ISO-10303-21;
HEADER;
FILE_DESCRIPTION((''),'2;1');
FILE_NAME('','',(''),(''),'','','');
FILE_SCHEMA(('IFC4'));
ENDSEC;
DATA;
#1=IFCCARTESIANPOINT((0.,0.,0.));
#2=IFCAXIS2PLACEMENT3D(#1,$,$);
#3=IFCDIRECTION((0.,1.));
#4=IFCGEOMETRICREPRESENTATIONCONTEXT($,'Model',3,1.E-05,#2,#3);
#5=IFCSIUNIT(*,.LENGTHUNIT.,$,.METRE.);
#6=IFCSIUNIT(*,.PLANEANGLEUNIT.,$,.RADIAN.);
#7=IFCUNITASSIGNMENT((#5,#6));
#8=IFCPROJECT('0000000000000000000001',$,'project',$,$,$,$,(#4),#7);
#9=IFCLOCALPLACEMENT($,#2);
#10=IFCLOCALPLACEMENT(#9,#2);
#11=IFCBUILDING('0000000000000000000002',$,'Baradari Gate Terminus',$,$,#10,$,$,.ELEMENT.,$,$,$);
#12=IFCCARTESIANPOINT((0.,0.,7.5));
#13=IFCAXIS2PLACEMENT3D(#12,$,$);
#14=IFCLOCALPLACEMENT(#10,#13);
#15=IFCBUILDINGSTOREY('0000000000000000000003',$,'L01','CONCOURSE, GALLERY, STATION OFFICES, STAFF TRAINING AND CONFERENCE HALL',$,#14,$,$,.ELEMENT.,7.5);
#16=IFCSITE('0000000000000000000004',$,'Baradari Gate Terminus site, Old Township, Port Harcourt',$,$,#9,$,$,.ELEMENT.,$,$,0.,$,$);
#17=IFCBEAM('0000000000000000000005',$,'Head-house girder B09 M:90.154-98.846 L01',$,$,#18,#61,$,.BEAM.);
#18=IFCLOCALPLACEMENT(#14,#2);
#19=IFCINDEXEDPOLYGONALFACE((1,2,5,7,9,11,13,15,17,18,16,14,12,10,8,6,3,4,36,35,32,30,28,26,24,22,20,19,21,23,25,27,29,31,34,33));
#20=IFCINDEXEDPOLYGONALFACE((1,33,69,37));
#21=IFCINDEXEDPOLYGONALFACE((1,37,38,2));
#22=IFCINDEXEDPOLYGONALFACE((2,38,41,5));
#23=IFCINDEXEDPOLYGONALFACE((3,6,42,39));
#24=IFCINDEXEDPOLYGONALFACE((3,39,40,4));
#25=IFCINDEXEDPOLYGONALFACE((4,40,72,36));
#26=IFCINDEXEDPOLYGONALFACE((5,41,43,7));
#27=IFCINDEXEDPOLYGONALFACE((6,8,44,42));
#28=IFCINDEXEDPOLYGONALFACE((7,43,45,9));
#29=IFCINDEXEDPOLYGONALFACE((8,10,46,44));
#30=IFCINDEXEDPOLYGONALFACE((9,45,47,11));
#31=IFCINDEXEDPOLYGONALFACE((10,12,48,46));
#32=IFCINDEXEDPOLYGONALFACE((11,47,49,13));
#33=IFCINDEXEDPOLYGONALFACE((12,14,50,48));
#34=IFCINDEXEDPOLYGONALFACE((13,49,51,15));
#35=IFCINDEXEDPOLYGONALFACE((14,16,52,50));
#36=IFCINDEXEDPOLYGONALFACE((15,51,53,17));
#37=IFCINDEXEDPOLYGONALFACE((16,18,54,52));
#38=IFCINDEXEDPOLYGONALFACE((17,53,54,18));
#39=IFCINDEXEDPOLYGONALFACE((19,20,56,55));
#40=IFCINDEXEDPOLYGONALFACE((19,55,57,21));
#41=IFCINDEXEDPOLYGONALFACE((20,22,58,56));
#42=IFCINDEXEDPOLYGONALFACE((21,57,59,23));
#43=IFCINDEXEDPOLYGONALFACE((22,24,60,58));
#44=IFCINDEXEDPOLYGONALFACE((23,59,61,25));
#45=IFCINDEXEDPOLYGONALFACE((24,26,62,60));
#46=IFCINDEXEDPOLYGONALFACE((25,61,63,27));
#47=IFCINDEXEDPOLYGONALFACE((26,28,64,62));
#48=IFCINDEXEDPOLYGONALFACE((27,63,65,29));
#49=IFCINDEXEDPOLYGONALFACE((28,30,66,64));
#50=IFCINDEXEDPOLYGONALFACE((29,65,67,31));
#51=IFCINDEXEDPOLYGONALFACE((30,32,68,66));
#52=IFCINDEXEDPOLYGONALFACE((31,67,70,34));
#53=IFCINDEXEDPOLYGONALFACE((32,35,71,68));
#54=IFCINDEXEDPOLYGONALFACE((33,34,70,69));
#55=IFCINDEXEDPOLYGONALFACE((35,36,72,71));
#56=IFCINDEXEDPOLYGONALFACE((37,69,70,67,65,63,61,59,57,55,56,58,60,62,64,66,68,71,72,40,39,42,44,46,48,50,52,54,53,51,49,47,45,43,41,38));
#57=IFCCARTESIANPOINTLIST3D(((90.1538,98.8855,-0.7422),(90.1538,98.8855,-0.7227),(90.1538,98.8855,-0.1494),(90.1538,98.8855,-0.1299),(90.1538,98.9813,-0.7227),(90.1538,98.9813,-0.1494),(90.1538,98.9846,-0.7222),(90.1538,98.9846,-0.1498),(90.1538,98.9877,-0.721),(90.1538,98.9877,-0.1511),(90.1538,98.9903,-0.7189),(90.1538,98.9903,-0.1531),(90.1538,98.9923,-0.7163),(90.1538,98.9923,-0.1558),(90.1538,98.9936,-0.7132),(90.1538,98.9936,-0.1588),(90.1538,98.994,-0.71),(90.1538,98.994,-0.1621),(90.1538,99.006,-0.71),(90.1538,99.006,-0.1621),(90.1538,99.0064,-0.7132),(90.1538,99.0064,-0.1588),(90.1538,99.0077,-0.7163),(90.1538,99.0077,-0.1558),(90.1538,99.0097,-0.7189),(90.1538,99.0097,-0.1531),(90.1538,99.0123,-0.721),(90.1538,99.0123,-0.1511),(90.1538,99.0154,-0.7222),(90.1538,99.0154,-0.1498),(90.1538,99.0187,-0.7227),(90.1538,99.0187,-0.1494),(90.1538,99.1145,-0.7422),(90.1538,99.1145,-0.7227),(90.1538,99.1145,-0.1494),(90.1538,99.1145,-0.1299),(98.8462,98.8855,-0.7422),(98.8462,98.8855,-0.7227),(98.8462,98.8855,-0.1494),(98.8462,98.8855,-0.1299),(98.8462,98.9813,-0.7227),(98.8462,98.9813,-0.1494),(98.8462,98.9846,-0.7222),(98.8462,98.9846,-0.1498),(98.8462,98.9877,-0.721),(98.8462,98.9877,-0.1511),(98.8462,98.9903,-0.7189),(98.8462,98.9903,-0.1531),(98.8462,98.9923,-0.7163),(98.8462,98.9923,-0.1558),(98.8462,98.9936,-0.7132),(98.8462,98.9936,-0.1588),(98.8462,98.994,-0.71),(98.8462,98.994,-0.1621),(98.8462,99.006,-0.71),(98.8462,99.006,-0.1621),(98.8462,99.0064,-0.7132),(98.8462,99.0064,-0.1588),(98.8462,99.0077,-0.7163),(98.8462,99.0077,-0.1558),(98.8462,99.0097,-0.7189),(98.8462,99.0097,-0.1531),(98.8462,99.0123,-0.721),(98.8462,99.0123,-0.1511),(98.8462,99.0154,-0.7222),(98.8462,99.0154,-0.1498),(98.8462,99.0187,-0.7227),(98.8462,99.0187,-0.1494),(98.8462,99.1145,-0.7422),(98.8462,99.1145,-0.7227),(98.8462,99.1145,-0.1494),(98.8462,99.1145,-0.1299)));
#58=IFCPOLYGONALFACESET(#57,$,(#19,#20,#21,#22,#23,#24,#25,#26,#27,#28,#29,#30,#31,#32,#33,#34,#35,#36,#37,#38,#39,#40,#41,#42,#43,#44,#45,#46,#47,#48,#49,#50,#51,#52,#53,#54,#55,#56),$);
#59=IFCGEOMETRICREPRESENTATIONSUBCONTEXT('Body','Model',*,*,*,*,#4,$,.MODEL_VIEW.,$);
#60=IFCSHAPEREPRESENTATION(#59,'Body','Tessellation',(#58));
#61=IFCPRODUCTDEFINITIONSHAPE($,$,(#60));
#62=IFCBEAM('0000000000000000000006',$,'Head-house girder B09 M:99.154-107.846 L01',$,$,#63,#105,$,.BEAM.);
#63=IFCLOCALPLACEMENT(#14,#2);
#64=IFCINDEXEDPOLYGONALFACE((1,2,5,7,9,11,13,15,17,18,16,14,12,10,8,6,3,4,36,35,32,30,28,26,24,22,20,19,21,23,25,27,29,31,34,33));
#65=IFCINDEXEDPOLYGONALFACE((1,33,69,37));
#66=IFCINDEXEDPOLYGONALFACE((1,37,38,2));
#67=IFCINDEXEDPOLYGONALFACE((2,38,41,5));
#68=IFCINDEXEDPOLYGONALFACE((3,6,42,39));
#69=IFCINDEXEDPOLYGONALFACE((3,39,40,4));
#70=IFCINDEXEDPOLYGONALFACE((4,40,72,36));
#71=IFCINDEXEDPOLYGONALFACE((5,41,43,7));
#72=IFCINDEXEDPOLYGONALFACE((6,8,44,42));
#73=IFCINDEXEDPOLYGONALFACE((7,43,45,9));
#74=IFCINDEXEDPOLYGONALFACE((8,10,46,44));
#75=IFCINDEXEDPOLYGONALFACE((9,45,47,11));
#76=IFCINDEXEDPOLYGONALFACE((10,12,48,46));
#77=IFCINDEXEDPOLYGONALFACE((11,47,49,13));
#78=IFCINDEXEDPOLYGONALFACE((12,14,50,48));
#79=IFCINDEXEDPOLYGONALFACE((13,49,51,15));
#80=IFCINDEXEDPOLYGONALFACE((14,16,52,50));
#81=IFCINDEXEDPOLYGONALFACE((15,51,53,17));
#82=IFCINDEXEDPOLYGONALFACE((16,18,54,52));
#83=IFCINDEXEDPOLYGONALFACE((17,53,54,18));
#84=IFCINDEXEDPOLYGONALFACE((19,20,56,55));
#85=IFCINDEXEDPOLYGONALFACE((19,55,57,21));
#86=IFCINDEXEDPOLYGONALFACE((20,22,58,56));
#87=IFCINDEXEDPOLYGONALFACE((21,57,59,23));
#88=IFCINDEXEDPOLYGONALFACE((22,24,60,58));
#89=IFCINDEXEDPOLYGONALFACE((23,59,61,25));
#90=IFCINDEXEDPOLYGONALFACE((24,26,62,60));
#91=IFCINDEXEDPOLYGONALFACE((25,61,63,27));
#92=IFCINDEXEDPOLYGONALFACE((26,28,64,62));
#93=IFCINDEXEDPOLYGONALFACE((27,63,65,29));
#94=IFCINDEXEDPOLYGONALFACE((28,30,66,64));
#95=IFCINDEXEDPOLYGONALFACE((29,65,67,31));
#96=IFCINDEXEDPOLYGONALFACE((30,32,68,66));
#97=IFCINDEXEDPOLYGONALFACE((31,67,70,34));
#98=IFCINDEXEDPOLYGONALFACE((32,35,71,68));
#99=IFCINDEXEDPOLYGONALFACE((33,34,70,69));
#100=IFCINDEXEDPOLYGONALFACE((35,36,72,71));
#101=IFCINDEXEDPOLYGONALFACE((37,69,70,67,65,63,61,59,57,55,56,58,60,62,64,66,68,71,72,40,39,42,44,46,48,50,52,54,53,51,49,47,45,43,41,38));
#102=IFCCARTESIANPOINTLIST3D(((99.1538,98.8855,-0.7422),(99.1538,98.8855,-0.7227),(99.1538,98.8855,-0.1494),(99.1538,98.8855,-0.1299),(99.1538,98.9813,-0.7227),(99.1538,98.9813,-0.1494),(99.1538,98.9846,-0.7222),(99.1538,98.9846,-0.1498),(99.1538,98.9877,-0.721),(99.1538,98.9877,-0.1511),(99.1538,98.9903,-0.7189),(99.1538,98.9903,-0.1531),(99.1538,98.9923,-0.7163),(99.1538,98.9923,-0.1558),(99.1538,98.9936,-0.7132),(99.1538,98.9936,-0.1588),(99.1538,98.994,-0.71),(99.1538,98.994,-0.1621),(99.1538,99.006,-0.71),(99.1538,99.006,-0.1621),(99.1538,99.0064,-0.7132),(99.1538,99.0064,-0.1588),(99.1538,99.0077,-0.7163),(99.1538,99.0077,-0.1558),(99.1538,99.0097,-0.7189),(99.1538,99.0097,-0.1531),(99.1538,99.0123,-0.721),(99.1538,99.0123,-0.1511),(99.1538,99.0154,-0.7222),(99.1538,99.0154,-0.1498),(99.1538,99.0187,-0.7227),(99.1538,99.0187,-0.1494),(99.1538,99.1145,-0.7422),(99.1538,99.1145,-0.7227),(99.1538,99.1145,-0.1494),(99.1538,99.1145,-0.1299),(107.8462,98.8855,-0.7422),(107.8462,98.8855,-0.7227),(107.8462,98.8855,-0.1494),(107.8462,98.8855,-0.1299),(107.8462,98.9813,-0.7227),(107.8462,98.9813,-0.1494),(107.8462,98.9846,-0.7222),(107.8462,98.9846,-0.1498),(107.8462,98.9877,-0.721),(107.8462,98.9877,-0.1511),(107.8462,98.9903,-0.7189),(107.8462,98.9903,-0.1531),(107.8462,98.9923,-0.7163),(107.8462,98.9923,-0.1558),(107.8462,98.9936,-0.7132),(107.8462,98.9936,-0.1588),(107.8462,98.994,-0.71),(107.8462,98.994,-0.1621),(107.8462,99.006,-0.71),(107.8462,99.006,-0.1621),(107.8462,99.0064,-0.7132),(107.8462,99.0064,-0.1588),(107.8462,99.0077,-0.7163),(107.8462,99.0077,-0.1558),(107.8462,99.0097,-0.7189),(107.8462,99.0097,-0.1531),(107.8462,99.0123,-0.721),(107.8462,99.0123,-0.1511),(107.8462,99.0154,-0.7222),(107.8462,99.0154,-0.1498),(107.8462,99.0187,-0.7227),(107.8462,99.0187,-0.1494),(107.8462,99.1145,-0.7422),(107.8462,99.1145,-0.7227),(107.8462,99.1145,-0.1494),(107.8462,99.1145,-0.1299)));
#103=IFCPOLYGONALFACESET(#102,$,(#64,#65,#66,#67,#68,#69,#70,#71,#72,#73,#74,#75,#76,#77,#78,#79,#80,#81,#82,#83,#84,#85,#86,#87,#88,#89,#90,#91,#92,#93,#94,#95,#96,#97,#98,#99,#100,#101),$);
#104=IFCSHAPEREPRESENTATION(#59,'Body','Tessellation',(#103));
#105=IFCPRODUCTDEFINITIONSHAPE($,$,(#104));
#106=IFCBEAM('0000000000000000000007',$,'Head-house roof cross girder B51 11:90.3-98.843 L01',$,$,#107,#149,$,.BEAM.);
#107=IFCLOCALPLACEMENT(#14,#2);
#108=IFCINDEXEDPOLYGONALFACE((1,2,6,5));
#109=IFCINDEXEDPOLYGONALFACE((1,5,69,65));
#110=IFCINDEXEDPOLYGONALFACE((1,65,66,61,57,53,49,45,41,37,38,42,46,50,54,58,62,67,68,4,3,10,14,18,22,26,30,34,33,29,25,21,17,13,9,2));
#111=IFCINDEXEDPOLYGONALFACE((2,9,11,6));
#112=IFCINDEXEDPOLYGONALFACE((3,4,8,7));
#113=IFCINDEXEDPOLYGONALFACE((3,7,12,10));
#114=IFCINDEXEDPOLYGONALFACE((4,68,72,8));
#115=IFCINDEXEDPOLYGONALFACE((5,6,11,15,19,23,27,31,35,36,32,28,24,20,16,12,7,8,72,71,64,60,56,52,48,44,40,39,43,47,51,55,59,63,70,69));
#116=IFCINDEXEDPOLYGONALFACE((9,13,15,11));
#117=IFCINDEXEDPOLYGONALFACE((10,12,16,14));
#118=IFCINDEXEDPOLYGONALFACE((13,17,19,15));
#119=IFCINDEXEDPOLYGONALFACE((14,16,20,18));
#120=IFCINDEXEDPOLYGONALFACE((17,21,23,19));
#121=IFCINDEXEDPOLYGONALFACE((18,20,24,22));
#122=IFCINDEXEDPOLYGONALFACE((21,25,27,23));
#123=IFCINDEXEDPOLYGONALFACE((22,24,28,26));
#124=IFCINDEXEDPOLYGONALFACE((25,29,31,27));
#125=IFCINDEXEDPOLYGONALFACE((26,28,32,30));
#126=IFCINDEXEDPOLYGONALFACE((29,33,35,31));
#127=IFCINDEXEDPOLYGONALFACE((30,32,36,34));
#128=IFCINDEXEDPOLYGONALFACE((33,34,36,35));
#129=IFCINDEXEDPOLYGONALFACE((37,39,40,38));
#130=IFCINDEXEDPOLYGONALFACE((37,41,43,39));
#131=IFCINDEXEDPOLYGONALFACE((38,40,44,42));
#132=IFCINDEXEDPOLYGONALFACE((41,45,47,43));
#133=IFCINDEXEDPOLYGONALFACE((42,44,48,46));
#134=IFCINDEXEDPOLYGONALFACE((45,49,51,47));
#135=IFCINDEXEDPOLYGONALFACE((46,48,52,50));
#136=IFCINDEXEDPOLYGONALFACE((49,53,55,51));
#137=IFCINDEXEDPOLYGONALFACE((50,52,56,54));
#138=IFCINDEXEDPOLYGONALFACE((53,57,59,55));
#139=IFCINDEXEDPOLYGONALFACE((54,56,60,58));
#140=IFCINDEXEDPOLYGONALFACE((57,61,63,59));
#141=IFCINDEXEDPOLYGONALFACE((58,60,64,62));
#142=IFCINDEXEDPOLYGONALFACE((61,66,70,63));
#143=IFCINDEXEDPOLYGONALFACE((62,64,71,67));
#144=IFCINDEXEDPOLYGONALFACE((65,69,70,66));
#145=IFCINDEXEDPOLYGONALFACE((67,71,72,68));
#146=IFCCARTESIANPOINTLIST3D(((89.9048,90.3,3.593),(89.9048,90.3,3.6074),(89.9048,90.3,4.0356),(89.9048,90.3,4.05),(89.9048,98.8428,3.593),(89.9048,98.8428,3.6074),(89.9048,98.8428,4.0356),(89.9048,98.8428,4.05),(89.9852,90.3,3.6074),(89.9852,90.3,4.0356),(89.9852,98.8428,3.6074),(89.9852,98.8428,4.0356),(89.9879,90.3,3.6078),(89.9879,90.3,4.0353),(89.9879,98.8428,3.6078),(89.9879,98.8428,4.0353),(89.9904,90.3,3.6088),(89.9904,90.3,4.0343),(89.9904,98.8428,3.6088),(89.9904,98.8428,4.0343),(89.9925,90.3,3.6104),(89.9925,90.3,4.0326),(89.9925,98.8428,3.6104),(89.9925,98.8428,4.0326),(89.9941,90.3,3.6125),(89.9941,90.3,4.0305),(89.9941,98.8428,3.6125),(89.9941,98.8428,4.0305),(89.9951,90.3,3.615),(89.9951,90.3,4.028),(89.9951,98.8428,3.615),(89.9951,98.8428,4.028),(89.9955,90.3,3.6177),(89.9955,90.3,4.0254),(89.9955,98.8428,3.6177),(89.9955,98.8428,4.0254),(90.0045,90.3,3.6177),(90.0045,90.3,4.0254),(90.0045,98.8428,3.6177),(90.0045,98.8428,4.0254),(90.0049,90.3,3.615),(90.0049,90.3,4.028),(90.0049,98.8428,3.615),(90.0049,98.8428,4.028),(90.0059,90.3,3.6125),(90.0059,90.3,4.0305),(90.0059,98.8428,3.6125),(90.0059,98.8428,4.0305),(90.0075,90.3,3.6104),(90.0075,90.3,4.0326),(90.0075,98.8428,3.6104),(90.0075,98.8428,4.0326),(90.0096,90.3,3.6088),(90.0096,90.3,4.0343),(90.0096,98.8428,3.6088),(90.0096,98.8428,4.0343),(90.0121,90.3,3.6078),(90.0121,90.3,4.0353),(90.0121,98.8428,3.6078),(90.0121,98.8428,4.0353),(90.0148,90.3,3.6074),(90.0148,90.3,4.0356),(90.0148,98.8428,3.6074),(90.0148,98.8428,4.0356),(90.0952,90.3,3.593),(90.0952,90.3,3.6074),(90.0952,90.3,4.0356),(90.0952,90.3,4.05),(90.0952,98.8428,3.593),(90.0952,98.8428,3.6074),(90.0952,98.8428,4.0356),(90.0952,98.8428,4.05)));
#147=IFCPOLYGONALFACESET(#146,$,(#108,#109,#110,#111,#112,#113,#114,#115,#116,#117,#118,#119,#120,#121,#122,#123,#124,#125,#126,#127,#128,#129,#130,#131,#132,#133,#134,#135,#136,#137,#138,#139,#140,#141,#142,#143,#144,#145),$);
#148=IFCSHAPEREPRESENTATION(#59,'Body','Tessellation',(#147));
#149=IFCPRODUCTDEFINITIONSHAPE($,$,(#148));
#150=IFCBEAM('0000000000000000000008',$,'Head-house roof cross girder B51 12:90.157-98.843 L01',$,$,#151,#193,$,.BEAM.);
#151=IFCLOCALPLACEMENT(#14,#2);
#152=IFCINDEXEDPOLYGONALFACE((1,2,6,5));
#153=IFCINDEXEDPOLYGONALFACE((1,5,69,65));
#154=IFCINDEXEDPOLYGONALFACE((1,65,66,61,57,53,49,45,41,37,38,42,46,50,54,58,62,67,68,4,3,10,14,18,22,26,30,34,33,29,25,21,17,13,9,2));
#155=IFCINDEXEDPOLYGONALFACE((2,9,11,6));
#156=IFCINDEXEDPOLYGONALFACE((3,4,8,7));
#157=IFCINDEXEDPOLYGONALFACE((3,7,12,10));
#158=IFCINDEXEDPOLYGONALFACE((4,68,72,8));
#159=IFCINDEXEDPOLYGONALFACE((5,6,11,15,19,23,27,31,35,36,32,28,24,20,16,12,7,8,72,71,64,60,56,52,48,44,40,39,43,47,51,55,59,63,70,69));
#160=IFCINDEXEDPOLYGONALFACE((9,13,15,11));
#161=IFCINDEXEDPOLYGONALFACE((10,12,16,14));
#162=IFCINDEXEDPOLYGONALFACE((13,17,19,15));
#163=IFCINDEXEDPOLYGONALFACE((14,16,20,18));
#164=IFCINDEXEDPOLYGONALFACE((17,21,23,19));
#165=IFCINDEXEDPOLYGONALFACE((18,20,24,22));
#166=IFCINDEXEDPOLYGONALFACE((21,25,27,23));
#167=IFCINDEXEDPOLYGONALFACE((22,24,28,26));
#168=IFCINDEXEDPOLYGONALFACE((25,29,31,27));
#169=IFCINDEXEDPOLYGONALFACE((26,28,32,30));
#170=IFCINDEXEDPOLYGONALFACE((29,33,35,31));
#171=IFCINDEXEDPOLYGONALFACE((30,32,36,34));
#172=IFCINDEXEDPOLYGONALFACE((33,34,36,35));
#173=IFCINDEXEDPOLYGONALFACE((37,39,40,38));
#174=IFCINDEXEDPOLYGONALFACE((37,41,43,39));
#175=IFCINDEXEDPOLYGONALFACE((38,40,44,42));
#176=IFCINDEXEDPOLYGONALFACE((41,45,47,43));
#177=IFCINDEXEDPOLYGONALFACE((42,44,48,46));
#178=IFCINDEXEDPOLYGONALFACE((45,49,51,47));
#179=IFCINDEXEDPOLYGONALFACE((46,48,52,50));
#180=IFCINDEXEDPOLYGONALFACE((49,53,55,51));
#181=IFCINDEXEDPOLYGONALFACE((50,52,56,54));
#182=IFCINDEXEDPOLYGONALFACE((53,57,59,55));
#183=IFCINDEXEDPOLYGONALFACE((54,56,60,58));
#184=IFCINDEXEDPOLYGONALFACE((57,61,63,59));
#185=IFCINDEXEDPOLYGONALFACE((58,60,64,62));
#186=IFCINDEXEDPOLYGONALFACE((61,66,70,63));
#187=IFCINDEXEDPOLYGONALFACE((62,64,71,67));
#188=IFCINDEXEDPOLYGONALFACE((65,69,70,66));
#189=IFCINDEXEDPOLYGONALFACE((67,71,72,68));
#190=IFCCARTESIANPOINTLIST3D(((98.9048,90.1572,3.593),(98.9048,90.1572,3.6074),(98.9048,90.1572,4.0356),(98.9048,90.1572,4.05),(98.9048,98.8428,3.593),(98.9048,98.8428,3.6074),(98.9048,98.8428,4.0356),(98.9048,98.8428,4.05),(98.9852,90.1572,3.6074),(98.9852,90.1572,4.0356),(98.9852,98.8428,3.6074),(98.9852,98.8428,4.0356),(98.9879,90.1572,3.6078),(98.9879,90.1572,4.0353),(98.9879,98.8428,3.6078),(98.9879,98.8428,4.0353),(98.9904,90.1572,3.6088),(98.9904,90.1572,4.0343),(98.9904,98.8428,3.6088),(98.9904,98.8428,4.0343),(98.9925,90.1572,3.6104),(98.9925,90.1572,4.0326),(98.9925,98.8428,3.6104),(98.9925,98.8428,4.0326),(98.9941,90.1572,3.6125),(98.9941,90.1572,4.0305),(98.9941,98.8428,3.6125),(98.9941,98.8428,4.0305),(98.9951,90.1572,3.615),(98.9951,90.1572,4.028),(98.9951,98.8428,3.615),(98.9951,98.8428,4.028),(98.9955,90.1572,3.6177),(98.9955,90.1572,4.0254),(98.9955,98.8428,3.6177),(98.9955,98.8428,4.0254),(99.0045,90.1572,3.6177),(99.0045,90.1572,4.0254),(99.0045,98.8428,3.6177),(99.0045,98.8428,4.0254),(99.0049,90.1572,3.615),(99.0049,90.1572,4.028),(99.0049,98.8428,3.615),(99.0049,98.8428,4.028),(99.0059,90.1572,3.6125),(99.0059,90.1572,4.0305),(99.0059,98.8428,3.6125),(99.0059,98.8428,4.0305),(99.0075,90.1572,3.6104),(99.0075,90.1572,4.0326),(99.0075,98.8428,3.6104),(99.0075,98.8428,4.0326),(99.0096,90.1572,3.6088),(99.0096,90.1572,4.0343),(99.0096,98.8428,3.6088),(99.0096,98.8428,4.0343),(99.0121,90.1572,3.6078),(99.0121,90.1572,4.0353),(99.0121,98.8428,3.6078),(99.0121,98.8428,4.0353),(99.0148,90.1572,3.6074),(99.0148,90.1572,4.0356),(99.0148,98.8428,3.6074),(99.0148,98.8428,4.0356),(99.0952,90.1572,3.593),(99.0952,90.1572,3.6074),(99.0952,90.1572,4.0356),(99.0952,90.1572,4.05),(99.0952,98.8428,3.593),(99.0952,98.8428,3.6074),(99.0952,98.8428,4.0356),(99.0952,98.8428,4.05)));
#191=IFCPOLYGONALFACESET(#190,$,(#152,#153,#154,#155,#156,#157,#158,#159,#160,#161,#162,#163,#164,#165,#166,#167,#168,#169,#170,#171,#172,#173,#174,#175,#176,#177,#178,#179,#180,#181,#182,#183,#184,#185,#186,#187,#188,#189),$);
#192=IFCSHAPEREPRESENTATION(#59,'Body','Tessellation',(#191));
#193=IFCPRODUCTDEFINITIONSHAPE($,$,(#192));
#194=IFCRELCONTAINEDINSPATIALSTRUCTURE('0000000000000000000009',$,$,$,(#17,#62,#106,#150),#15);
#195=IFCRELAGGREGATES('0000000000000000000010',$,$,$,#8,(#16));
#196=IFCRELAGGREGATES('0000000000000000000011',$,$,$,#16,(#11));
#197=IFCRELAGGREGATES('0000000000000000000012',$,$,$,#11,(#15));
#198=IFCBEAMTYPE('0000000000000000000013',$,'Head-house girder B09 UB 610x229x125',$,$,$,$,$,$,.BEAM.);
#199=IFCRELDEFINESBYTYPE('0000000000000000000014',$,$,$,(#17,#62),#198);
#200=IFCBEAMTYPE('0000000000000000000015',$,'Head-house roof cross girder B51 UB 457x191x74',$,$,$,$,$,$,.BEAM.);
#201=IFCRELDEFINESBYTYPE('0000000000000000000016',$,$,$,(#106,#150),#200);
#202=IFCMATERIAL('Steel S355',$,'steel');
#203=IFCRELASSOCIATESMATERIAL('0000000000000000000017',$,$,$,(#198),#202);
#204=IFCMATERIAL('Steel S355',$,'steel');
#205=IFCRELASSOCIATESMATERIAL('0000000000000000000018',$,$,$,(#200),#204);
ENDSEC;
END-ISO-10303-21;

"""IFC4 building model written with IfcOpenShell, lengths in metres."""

from ifc_helpers import new_model, si_unit, direction, frame, origin, origin_2d, place, context, subcontext, project, spatial, i_section, extrude, material, material_profile, profile_set, type_object, element, save


model = new_model("IFC4")

# Units and contexts
model_context = context("Model", 3, precision=1e-05, world=origin(), true_north=direction((0.0, 1.0)))
body_context = subcontext(model_context, "Body", "Model", "MODEL_VIEW")
ifc_project = project(units=[si_unit("LENGTHUNIT", "METRE"), si_unit("PLANEANGLEUNIT", "RADIAN")], contexts=[model_context])

# Site, building, storey
site_placement = place(None, origin())
site = spatial("IfcSite", under=ifc_project, at=site_placement, Name="Baradari Gate Terminus site, Old Township, Port Harcourt", CompositionType="ELEMENT", RefElevation=0.0)
building_placement = place(site_placement, origin())
building = spatial("IfcBuilding", under=site, at=building_placement, Name="Baradari Gate Terminus", CompositionType="ELEMENT")
storey_placement = place(building_placement, frame((0.0, 0.0, 7.5)))
storey = spatial("IfcBuildingStorey", under=building, at=storey_placement, Name="L01", Description="CONCOURSE, GALLERY, STATION OFFICES, STAFF TRAINING AND CONFERENCE HALL", CompositionType="ELEMENT", Elevation=7.5)

# Beams
ifc_material_1 = material(Name="Steel S355", Category="steel")
ifc_material_profile_1 = material_profile(ifc_material_1, i_section(OverallWidth=0.229, OverallDepth=0.6123, WebThickness=0.012, FlangeThickness=0.0195, FilletRadius=0.0127, at=origin_2d()), Name="UB 610x229x125")
ifc_profile_set_1 = profile_set([ifc_material_profile_1], Name="Steel S355")
beam_type_1 = type_object("IfcBeamType", Name="Head-house girder B09 UB 610x229x125", PredefinedType="BEAM", material=ifc_profile_set_1)
for number, where, z_axis, x_axis, name in (
    (1, (90.1538, 99.0, -0.436), (1.0, 0.0, 0.0), (0.0, 1.0, 0.0), "Head-house girder B09 M:90.154-98.846 L01"),
    (2, (99.1538, 99.0, -0.436), (1.0, 0.0, 0.0), (0.0, 1.0, 0.0), "Head-house girder B09 M:99.154-107.846 L01"),
):
    element("IfcBeam", number, at=place(storey_placement, frame(where, z_axis=z_axis, x_axis=x_axis)), inside=storey, type_object=beam_type_1, Name=name, PredefinedType="BEAM", context=body_context, shape_type="SweptSolid", body=[
        extrude(i_section(OverallWidth=0.229, OverallDepth=0.6123, WebThickness=0.012, FlangeThickness=0.0195, FilletRadius=0.0127, at=origin_2d()), origin(), (0.0, 0.0, 1.0), 8.6924),
    ])
ifc_material_2 = material(Name="Steel S355", Category="steel")
ifc_material_profile_2 = material_profile(ifc_material_2, i_section(OverallWidth=0.1904, OverallDepth=0.457, WebThickness=0.009, FlangeThickness=0.0144, FilletRadius=0.0103, at=origin_2d()), Name="UB 457x191x74")
ifc_profile_set_2 = profile_set([ifc_material_profile_2], Name="Steel S355")
beam_type_2 = type_object("IfcBeamType", Name="Head-house roof cross girder B51 UB 457x191x74", PredefinedType="BEAM", material=ifc_profile_set_2)
beam_1_placement = place(storey_placement, frame((90.0, 90.3, 3.8215), z_axis=(0.0, 1.0, 0.0), x_axis=(-1.0, 0.0, 0.0)))
element("IfcBeam", 3, at=beam_1_placement, inside=storey, type_object=beam_type_2, Name="Head-house roof cross girder B51 11:90.3-98.843 L01", PredefinedType="BEAM", context=body_context, shape_type="SweptSolid", body=[
    extrude(i_section(OverallWidth=0.1904, OverallDepth=0.457, WebThickness=0.009, FlangeThickness=0.0144, FilletRadius=0.0103, at=origin_2d()), origin(), (0.0, 0.0, 1.0), 8.5427),
])
beam_2_placement = place(storey_placement, frame((99.0, 90.1572, 3.8215), z_axis=(0.0, 1.0, 0.0), x_axis=(-1.0, 0.0, 0.0)))
element("IfcBeam", 4, at=beam_2_placement, inside=storey, type_object=beam_type_2, Name="Head-house roof cross girder B51 12:90.157-98.843 L01", PredefinedType="BEAM", context=body_context, shape_type="SweptSolid", body=[
    extrude(i_section(OverallWidth=0.1904, OverallDepth=0.457, WebThickness=0.009, FlangeThickness=0.0144, FilletRadius=0.0103, at=origin_2d()), origin(), (0.0, 0.0, 1.0), 8.6855),
])

save(model, "model.ifc")
